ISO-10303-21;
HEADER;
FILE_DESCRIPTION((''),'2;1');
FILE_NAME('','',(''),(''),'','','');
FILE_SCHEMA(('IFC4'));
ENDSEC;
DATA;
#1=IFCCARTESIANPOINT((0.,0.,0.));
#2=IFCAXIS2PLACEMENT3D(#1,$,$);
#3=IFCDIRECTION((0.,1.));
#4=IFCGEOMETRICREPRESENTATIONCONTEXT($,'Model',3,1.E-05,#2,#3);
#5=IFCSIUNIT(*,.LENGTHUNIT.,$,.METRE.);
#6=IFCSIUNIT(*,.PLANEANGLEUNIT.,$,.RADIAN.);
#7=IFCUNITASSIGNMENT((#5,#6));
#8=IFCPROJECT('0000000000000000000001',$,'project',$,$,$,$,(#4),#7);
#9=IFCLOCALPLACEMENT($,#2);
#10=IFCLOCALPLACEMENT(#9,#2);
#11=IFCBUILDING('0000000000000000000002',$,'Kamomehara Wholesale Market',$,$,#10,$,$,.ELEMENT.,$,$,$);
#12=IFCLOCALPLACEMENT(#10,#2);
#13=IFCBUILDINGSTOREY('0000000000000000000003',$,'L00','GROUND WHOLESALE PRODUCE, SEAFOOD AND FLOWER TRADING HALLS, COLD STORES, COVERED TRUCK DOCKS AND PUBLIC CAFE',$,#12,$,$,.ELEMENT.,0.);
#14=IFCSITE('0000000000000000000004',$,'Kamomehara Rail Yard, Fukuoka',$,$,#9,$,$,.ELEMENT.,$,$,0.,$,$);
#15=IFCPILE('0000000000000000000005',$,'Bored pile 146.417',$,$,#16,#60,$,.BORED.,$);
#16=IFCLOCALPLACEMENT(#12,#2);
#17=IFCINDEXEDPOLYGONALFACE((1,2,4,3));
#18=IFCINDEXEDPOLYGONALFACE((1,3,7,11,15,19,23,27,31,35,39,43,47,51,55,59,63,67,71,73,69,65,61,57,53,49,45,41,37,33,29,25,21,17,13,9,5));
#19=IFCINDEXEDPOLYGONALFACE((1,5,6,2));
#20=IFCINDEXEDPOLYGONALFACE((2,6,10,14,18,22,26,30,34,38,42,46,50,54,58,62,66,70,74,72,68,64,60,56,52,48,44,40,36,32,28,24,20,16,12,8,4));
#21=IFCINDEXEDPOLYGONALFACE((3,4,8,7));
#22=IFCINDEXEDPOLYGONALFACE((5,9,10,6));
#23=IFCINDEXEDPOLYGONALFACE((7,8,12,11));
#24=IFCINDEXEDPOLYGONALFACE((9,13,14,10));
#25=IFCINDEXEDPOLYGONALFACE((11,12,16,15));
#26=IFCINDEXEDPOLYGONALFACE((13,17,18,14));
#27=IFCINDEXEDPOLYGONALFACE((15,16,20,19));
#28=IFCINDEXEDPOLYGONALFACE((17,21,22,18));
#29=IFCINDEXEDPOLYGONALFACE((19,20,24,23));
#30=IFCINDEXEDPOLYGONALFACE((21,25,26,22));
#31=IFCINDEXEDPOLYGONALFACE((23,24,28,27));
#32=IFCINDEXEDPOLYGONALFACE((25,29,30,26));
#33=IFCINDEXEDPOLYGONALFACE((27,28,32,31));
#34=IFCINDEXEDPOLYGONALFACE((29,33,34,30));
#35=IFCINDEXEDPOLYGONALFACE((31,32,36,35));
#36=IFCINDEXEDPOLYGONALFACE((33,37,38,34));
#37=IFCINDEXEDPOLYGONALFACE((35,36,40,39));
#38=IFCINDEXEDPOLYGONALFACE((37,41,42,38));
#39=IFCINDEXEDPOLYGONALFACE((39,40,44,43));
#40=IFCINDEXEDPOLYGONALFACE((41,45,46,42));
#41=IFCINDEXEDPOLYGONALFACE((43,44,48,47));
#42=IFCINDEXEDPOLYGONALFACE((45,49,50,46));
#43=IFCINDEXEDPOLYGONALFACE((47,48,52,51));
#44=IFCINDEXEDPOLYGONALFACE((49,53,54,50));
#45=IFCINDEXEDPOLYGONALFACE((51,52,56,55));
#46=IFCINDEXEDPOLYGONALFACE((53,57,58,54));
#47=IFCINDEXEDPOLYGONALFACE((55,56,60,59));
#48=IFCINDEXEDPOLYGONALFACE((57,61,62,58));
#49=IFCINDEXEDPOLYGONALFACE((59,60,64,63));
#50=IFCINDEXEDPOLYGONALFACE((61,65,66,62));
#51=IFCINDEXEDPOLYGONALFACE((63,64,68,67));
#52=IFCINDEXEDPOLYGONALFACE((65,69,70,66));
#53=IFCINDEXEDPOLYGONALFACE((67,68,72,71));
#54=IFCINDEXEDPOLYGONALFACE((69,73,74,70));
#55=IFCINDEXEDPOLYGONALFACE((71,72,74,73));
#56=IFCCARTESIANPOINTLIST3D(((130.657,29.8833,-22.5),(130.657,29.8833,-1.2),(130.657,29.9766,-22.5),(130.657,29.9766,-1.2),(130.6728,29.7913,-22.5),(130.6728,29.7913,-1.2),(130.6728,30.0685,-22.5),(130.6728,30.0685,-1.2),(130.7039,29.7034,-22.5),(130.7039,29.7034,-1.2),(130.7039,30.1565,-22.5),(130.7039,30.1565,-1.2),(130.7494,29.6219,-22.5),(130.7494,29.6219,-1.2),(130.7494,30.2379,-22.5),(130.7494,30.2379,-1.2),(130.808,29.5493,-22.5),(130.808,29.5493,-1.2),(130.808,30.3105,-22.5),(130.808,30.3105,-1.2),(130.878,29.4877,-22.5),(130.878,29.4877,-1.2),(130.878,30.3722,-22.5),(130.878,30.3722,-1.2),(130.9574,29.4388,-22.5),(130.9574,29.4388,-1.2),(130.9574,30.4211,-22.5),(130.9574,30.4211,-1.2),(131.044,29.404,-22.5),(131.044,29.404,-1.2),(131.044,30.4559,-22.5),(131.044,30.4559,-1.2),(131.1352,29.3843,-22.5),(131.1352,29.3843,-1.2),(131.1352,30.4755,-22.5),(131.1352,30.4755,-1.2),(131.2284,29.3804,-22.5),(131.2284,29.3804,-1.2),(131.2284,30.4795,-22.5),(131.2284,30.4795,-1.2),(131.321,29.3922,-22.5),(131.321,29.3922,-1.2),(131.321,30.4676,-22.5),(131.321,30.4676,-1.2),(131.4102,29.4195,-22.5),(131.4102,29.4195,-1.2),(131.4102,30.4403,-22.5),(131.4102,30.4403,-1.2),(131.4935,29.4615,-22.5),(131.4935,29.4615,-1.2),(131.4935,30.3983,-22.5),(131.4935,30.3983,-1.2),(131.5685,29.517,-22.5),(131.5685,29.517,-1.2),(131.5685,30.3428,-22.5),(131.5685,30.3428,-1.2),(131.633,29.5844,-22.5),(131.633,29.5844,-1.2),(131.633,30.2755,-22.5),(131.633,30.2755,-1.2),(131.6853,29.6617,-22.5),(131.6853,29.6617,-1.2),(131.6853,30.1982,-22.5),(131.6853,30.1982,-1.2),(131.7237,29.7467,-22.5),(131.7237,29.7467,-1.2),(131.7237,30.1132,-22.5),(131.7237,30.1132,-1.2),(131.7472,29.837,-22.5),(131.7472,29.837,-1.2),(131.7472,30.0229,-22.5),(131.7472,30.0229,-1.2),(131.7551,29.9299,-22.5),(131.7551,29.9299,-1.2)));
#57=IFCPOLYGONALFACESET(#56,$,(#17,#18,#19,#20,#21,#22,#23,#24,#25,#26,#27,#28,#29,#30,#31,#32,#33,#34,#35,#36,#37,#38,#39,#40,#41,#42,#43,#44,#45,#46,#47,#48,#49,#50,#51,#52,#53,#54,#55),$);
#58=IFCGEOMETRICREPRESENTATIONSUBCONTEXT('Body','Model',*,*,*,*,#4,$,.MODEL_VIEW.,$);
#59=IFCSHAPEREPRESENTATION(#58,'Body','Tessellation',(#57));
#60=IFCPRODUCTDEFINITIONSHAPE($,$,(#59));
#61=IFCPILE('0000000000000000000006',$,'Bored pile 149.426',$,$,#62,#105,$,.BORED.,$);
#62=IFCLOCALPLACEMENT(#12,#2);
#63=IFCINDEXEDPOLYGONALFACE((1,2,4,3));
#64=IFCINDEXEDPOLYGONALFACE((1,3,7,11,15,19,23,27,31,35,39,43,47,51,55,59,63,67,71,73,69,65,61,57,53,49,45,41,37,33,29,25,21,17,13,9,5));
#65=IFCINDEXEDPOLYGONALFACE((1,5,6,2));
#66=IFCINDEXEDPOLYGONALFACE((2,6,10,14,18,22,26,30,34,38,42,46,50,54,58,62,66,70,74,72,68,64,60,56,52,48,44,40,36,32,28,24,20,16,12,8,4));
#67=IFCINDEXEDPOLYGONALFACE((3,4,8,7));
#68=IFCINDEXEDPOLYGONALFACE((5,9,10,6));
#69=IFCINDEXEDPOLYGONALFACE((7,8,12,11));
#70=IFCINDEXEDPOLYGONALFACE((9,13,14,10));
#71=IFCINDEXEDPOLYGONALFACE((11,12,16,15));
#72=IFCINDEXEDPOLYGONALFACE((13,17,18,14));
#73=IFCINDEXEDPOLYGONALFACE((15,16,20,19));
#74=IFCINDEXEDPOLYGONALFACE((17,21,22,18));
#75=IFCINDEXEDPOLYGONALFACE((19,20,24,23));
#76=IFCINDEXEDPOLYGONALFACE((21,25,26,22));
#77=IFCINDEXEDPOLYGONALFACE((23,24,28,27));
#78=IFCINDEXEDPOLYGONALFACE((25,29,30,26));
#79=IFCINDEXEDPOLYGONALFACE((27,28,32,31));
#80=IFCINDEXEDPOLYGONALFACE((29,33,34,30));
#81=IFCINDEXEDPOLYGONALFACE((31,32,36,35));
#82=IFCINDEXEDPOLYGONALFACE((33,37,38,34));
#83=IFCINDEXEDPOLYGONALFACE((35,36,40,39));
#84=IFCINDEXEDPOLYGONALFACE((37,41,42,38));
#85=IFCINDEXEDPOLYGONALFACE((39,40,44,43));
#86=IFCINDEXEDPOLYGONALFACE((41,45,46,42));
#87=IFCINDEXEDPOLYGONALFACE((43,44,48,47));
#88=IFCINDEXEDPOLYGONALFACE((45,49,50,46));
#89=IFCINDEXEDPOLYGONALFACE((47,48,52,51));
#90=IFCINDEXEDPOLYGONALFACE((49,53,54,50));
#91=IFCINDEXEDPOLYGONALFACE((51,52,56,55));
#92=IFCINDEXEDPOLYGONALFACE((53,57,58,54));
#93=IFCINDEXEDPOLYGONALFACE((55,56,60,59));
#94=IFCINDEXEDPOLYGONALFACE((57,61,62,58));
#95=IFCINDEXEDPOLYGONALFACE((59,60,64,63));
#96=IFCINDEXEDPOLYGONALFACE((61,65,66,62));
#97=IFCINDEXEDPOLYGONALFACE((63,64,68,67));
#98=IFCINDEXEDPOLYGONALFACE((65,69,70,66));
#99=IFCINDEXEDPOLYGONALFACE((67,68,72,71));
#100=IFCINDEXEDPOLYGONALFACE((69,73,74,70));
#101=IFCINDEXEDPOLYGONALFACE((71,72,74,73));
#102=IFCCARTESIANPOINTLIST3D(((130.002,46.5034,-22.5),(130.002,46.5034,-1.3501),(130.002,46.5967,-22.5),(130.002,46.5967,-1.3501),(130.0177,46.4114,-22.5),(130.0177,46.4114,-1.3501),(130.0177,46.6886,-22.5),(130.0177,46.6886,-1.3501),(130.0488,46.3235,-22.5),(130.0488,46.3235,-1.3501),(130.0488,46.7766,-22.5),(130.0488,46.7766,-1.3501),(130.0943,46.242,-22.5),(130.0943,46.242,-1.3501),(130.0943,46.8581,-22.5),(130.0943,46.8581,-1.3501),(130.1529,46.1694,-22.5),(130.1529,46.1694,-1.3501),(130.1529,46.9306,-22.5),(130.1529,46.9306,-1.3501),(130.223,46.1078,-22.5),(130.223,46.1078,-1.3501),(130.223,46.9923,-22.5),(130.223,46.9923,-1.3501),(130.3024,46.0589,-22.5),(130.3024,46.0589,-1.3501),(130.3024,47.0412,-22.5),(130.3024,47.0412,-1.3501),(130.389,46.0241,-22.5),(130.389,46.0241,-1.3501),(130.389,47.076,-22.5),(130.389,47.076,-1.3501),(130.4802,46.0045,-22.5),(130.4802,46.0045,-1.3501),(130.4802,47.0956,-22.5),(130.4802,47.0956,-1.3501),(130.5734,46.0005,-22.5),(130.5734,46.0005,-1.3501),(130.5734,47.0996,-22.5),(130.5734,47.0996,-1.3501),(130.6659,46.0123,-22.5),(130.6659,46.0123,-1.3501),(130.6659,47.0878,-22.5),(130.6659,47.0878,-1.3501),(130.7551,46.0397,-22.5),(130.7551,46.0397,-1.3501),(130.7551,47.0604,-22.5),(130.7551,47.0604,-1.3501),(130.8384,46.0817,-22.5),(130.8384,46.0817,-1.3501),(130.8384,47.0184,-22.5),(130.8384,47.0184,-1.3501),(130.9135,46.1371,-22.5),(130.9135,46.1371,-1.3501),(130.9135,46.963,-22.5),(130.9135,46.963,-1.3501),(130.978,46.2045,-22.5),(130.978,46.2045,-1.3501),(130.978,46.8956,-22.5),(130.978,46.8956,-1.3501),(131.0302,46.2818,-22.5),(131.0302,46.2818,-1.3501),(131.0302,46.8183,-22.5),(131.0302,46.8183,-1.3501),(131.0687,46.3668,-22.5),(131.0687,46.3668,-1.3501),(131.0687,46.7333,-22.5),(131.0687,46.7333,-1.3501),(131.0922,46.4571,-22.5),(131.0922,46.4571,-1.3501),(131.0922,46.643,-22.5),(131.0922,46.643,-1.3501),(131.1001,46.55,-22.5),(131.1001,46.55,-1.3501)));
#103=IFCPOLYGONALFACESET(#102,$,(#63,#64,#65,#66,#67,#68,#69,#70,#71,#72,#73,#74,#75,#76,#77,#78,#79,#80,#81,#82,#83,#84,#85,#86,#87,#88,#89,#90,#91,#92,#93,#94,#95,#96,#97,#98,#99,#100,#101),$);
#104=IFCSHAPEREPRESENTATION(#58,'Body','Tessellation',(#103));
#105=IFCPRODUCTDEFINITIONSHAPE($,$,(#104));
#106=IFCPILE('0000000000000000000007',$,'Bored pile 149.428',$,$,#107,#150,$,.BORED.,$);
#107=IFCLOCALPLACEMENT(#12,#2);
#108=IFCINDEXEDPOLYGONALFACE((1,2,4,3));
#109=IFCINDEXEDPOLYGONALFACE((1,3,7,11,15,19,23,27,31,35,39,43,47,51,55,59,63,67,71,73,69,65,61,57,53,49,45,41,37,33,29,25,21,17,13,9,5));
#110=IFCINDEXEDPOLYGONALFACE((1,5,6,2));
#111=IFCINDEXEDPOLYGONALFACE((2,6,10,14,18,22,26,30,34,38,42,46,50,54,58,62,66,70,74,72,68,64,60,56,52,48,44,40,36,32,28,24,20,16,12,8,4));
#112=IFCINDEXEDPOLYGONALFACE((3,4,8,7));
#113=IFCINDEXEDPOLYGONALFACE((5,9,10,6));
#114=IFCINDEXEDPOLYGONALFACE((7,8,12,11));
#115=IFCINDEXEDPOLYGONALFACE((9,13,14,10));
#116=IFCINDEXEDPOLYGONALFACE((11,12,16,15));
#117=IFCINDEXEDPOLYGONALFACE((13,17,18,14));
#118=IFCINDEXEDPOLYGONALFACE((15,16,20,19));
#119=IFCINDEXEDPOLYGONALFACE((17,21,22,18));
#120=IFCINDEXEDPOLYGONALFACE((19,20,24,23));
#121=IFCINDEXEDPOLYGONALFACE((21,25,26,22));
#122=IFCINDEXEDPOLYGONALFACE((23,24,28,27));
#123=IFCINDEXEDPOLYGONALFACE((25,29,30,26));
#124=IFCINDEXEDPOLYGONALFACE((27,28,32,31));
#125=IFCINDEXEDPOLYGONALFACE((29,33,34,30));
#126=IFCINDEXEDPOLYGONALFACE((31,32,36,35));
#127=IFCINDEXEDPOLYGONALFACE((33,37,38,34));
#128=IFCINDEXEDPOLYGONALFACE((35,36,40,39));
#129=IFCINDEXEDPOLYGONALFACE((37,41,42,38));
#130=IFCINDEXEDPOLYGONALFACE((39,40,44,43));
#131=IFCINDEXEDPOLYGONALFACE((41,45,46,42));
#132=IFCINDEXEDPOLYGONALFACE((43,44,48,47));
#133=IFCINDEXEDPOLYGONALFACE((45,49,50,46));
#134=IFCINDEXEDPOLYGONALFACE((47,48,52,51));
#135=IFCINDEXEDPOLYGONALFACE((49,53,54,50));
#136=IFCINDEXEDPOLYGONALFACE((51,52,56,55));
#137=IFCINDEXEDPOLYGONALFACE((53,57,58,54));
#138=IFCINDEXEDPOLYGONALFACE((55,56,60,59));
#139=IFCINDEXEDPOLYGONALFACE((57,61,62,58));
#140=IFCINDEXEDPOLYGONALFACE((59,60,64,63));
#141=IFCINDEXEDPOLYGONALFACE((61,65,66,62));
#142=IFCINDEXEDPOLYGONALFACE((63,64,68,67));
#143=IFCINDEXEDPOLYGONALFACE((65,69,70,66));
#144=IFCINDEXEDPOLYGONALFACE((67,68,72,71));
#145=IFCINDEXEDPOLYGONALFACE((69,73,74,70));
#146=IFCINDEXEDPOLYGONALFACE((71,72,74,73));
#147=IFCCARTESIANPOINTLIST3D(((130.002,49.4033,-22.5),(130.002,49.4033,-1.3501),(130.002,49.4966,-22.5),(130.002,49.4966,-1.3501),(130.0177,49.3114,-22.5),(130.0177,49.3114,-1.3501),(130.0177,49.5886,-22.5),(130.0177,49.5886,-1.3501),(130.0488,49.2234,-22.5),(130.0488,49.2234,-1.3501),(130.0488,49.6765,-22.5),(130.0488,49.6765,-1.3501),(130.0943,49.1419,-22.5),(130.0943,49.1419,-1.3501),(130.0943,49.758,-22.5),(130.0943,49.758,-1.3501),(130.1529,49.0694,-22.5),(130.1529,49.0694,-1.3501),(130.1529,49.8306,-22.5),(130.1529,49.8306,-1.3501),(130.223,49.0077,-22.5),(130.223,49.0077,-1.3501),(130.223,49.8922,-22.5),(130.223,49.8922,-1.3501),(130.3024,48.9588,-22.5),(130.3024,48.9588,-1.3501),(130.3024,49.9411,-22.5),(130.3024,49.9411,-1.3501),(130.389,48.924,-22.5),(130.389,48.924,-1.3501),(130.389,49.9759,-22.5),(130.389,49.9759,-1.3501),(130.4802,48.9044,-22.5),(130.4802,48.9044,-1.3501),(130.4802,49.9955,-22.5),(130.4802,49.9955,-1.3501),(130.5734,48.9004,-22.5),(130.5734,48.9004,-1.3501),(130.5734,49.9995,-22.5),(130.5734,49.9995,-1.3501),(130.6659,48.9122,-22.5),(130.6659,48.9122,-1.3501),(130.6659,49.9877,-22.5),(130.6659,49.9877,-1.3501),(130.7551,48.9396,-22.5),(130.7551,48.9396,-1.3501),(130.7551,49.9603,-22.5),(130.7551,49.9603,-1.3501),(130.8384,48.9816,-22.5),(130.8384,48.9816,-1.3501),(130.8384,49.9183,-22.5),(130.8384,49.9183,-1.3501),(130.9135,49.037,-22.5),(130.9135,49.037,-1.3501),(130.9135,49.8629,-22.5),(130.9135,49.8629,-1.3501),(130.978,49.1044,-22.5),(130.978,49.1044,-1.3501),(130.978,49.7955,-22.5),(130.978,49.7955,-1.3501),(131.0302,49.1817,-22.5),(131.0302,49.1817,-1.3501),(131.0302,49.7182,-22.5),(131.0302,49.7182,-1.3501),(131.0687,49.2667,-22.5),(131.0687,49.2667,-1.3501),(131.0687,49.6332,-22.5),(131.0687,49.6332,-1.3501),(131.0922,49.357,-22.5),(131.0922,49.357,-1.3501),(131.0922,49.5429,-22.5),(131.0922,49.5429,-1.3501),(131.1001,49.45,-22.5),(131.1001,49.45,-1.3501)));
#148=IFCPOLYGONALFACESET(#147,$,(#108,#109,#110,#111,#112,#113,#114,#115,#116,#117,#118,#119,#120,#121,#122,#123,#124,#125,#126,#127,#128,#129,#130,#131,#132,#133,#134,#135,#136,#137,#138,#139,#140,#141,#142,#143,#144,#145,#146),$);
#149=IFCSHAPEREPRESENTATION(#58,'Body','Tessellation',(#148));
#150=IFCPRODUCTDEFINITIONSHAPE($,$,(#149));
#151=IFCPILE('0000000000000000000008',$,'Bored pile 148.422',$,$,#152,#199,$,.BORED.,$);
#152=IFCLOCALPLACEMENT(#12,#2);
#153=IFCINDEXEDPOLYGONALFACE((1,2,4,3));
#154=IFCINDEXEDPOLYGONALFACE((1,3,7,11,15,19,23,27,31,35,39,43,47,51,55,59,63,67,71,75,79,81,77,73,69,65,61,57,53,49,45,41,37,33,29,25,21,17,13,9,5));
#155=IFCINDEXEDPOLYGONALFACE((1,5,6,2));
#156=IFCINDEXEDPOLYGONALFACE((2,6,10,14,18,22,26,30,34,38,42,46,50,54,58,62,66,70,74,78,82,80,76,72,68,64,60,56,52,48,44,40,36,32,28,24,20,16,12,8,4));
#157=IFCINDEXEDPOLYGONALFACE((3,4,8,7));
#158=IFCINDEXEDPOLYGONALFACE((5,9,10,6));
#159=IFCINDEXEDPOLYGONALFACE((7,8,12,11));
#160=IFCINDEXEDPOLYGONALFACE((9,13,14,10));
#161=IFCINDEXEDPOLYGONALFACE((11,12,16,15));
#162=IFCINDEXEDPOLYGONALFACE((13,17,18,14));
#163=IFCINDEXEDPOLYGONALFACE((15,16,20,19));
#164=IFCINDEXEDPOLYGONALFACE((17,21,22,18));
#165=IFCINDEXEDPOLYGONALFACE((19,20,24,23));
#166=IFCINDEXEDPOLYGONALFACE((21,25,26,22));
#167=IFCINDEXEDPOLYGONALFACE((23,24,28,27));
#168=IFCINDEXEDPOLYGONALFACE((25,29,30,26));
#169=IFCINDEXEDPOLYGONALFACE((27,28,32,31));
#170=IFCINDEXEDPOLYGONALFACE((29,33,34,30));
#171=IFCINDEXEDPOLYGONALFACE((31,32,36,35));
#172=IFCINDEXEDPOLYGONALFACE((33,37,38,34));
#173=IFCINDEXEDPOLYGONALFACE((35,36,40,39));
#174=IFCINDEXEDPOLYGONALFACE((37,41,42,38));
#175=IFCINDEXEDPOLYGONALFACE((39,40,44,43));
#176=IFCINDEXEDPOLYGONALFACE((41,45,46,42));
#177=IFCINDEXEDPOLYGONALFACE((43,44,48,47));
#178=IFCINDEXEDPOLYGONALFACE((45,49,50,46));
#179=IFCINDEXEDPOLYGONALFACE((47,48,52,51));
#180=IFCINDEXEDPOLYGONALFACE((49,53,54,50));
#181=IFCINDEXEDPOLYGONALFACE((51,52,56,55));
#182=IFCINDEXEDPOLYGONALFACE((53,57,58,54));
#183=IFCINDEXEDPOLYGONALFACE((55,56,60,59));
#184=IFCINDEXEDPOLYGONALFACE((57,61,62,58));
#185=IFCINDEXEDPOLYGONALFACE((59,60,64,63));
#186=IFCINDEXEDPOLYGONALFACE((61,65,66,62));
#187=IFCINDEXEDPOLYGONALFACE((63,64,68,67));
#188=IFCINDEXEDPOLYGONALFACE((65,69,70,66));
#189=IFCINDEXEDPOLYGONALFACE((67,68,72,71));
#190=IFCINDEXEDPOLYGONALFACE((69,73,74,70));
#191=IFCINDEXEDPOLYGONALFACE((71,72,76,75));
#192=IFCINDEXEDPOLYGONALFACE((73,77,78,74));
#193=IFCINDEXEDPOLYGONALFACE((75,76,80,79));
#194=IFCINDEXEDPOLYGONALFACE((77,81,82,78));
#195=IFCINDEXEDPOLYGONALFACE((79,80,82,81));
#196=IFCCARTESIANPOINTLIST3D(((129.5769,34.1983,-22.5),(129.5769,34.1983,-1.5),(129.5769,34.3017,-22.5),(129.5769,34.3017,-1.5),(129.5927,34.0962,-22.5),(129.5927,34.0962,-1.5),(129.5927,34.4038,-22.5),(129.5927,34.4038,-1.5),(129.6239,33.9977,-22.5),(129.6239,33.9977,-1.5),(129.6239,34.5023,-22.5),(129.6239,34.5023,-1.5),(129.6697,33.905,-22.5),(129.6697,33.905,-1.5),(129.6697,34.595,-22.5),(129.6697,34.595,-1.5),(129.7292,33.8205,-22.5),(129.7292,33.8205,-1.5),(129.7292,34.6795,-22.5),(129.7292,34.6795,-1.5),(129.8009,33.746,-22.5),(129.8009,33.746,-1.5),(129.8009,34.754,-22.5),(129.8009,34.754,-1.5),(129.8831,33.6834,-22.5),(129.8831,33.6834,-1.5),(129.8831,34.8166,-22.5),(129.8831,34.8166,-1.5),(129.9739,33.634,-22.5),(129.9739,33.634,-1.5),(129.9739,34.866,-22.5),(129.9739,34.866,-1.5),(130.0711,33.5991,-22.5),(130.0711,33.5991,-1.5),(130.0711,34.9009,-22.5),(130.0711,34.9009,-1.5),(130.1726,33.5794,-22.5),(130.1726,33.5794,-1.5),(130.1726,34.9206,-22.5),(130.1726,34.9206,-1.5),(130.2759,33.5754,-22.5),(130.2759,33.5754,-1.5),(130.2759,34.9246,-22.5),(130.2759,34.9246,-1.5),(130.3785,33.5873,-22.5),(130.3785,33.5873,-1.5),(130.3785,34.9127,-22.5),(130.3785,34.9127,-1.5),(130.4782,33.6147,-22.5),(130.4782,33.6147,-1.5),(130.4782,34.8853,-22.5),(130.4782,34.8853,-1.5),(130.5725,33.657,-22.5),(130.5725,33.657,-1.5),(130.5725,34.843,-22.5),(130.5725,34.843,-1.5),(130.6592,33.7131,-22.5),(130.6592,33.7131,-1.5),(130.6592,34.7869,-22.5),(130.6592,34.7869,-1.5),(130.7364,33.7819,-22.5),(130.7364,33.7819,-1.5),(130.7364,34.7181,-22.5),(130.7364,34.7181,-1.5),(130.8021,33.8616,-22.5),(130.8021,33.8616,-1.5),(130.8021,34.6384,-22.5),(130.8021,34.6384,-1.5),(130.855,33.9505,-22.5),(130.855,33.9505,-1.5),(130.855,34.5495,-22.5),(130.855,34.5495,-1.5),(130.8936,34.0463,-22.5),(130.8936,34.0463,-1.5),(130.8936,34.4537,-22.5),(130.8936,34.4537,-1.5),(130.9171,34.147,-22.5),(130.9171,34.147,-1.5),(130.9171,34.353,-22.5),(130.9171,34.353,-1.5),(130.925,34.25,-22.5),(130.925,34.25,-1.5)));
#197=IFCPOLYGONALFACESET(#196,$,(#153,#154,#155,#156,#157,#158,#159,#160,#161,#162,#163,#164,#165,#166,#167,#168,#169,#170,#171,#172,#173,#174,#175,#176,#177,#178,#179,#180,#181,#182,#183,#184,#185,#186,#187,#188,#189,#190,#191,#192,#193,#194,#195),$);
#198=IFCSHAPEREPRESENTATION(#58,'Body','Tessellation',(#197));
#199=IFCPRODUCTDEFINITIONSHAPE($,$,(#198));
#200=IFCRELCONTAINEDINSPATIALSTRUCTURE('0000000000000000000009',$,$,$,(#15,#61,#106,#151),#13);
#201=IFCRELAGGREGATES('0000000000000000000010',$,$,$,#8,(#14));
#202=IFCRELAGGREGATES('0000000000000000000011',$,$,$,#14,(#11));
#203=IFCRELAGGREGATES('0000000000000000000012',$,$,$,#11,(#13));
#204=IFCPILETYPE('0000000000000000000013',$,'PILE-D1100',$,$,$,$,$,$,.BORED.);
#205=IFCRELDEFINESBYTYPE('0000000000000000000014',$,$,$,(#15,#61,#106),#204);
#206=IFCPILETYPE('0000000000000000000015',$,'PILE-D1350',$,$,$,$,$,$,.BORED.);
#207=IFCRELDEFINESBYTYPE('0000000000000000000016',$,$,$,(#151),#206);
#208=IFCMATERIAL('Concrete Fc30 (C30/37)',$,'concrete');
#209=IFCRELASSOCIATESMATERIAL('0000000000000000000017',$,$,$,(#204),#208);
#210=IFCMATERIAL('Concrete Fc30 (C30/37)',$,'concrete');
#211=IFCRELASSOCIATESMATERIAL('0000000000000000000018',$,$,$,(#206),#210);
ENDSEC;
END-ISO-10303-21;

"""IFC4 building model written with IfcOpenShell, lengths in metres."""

from ifc_helpers import new_model, si_unit, direction, frame, origin, origin_2d, place, context, subcontext, project, spatial, circle, extrude, material, material_profile, profile_set, type_object, element, save


model = new_model("IFC4")

# Units and contexts
model_context = context("Model", 3, precision=1e-05, world=origin(), true_north=direction((0.0, 1.0)))
body_context = subcontext(model_context, "Body", "Model", "MODEL_VIEW")
ifc_project = project(units=[si_unit("LENGTHUNIT", "METRE"), si_unit("PLANEANGLEUNIT", "RADIAN")], contexts=[model_context])

# Site, building, storey
site_placement = place(None, origin())
site = spatial("IfcSite", under=ifc_project, at=site_placement, Name="Kamomehara Rail Yard, Fukuoka", CompositionType="ELEMENT", RefElevation=0.0)
building_placement = place(site_placement, origin())
building = spatial("IfcBuilding", under=site, at=building_placement, Name="Kamomehara Wholesale Market", CompositionType="ELEMENT")
storey_placement = place(building_placement, origin())
storey = spatial("IfcBuildingStorey", under=building, at=storey_placement, Name="L00", Description="GROUND WHOLESALE PRODUCE, SEAFOOD AND FLOWER TRADING HALLS, COLD STORES, COVERED TRUCK DOCKS AND PUBLIC CAFE", CompositionType="ELEMENT", Elevation=0.0)

# Piles
ifc_material_1 = material(Name="Concrete Fc30 (C30/37)", Category="concrete")
ifc_material_profile_1 = material_profile(ifc_material_1, circle(Radius=0.55, at=origin_2d()), Name="RC-PILE-D1100")
ifc_profile_set_1 = profile_set([ifc_material_profile_1], Name="Concrete Fc30 (C30/37)")
pile_type_1 = type_object("IfcPileType", Name="PILE-D1100", PredefinedType="BORED", material=ifc_profile_set_1)
for number, where, z_axis, x_axis, name in (
    (1, (131.2051, 29.9299, -1.2), (0.0, 0.0, -1.0), (1.0, 0.0, 0.0), "Bored pile 146.417"),
):
    element("IfcPile", number, at=place(storey_placement, frame(where, z_axis=z_axis, x_axis=x_axis)), inside=storey, type_object=pile_type_1, Name=name, PredefinedType="BORED", context=body_context, shape_type="SweptSolid", body=[
        extrude(circle(Radius=0.55, at=origin_2d()), origin(), (0.0, 0.0, 1.0), 21.3),
    ])
for number, where, z_axis, x_axis, name in (
    (2, (130.55, 46.55, -1.3501), (0.0, 0.0, -1.0), (1.0, 0.0, 0.0), "Bored pile 149.426"),
    (3, (130.55, 49.45, -1.3501), (0.0, 0.0, -1.0), (1.0, 0.0, 0.0), "Bored pile 149.428"),
):
    element("IfcPile", number, at=place(storey_placement, frame(where, z_axis=z_axis, x_axis=x_axis)), inside=storey, type_object=pile_type_1, Name=name, PredefinedType="BORED", context=body_context, shape_type="SweptSolid", body=[
        extrude(circle(Radius=0.55, at=origin_2d()), origin(), (0.0, 0.0, 1.0), 21.1499),
    ])
ifc_material_2 = material(Name="Concrete Fc30 (C30/37)", Category="concrete")
ifc_material_profile_2 = material_profile(ifc_material_2, circle(Radius=0.675, at=origin_2d()), Name="RC-PILE-D1350")
ifc_profile_set_2 = profile_set([ifc_material_profile_2], Name="Concrete Fc30 (C30/37)")
pile_type_2 = type_object("IfcPileType", Name="PILE-D1350", PredefinedType="BORED", material=ifc_profile_set_2)
for number, where, z_axis, x_axis, name in (
    (4, (130.25, 34.25, -1.5), (0.0, 0.0, -1.0), (1.0, 0.0, 0.0), "Bored pile 148.422"),
):
    element("IfcPile", number, at=place(storey_placement, frame(where, z_axis=z_axis, x_axis=x_axis)), inside=storey, type_object=pile_type_2, Name=name, PredefinedType="BORED", context=body_context, shape_type="SweptSolid", body=[
        extrude(circle(Radius=0.675, at=origin_2d()), origin(), (0.0, 0.0, 1.0), 21.0),
    ])

save(model, "model.ifc")
